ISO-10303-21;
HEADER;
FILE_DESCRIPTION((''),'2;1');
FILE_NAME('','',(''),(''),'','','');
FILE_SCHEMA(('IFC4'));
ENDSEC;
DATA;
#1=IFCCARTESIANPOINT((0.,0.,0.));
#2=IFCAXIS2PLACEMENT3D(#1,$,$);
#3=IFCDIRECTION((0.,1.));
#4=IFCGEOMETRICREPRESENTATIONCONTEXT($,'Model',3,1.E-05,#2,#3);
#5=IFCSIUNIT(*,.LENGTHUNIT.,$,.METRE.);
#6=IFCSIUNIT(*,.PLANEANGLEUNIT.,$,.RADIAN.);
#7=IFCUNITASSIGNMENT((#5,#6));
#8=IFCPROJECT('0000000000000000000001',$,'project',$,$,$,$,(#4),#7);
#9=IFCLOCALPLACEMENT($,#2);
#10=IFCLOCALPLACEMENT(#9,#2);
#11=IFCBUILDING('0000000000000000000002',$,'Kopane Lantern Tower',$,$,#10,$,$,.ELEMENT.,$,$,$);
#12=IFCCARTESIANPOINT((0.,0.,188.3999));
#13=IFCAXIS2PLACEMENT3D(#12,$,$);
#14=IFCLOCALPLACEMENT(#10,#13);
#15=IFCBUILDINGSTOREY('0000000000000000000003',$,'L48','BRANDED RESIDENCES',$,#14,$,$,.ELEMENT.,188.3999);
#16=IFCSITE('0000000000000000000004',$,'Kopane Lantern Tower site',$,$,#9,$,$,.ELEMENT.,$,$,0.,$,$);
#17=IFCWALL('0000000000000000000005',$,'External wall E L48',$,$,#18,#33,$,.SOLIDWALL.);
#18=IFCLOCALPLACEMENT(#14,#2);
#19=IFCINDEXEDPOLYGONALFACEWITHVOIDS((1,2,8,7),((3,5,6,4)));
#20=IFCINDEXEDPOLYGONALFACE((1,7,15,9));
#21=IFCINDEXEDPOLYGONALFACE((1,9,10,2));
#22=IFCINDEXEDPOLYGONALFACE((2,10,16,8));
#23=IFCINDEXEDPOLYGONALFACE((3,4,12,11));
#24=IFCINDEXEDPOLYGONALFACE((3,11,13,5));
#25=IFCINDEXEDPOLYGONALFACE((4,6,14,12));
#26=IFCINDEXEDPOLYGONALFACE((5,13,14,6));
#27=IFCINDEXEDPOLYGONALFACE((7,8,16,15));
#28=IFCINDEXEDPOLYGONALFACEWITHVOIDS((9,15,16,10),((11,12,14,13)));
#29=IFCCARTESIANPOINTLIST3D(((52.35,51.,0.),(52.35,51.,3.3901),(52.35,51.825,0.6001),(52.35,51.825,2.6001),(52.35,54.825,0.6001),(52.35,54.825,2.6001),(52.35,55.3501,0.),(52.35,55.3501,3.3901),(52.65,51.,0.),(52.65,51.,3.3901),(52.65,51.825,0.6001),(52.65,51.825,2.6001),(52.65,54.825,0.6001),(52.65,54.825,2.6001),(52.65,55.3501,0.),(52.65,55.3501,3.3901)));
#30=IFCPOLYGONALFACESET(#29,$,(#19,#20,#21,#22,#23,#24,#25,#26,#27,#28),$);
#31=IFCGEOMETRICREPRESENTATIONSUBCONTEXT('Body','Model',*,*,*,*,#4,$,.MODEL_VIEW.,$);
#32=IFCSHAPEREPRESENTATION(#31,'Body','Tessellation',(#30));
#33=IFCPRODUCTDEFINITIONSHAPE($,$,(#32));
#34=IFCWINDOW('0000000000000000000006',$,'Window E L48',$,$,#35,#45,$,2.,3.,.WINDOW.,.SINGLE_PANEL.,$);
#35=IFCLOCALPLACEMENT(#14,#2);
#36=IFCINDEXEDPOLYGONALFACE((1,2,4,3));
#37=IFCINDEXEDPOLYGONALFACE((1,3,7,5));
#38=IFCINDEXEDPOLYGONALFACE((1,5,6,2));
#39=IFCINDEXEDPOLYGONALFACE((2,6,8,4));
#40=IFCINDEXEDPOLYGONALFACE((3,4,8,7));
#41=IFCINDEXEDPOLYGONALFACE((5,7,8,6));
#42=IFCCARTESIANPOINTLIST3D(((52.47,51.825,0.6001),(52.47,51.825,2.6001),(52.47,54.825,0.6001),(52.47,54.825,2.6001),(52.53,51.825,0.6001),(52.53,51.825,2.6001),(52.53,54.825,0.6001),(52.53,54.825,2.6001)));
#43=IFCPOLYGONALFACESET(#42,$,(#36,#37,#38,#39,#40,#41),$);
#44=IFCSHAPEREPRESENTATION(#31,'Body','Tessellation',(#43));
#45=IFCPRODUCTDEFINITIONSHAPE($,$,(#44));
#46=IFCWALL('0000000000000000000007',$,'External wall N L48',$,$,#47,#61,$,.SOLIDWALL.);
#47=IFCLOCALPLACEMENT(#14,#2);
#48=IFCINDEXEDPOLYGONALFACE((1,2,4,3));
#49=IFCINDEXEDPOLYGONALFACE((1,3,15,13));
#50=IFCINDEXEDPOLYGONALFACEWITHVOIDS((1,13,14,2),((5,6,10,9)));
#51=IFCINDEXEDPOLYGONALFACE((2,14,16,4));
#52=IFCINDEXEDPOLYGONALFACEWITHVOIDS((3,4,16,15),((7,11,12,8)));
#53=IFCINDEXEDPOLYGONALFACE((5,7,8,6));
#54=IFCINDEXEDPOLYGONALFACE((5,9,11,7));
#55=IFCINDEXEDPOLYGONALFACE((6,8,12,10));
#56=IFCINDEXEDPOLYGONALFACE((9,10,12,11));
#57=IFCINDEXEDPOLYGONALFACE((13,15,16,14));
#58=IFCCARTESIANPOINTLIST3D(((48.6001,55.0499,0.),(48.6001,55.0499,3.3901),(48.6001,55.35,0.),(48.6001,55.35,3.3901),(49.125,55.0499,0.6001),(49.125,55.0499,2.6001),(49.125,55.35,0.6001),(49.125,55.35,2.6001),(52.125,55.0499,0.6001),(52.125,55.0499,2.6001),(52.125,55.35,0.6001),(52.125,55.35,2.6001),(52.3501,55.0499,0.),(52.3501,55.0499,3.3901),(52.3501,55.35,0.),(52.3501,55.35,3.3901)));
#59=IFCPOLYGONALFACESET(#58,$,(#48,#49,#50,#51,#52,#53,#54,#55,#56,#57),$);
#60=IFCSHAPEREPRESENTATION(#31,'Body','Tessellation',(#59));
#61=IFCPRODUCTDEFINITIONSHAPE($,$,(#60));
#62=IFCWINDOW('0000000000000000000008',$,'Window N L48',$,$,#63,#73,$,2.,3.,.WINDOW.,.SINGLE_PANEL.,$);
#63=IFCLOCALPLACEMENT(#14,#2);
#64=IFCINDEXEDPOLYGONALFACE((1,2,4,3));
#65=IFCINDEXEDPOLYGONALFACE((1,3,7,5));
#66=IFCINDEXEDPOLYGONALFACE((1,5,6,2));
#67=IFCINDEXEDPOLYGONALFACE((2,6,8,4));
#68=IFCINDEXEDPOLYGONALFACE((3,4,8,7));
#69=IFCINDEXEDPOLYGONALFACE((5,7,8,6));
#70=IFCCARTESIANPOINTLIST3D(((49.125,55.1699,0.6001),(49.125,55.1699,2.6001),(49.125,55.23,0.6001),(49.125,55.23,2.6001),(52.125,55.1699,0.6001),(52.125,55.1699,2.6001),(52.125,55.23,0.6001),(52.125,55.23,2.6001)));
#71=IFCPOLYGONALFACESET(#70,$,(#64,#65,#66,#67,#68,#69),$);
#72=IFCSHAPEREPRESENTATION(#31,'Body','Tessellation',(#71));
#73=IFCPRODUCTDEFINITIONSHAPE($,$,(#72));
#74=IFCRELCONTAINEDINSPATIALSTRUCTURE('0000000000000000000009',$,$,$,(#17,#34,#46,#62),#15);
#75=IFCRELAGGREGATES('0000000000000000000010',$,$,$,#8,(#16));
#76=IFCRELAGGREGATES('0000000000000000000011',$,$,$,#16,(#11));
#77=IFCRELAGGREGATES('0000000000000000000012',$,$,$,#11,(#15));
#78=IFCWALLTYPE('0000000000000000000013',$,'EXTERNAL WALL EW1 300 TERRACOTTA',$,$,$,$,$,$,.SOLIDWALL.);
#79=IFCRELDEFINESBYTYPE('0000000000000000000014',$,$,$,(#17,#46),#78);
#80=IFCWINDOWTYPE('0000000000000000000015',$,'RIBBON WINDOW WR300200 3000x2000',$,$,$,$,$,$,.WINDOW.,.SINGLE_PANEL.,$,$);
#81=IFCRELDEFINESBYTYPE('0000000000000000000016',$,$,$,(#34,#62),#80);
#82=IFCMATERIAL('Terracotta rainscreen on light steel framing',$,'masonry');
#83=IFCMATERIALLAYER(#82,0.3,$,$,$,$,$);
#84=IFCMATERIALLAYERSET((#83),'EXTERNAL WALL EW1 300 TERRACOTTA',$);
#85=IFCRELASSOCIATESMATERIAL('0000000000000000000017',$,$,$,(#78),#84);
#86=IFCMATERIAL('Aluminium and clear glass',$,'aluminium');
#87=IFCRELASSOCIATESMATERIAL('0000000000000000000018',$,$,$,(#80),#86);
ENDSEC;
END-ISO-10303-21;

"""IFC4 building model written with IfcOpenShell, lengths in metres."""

from ifc_helpers import new_model, si_unit, direction, frame, frame_2d, origin, place, context, subcontext, project, spatial, rectangle, extrude, material, layer, layer_set, type_object, element, fill, save


model = new_model("IFC4")

# Units and contexts
model_context = context("Model", 3, precision=1e-05, world=origin(), true_north=direction((0.0, 1.0)))
body_context = subcontext(model_context, "Body", "Model", "MODEL_VIEW")
ifc_project = project(units=[si_unit("LENGTHUNIT", "METRE"), si_unit("PLANEANGLEUNIT", "RADIAN")], contexts=[model_context])

# Site, building, storey
site_placement = place(None, origin())
site = spatial("IfcSite", under=ifc_project, at=site_placement, Name="Kopane Lantern Tower site", CompositionType="ELEMENT", RefElevation=0.0)
building_placement = place(site_placement, origin())
building = spatial("IfcBuilding", under=site, at=building_placement, Name="Kopane Lantern Tower", CompositionType="ELEMENT")
storey_placement = place(building_placement, frame((0.0, 0.0, 188.3999)))
storey = spatial("IfcBuildingStorey", under=building, at=storey_placement, Name="L48", Description="BRANDED RESIDENCES", CompositionType="ELEMENT", Elevation=188.3999)

# Walls, openings, windows
ifc_material_1 = material(Name="Terracotta rainscreen on light steel framing", Category="masonry")
ifc_layer = layer(ifc_material_1, 0.3)
ifc_layer_set = layer_set([ifc_layer], Name="EXTERNAL WALL EW1 300 TERRACOTTA")
wall_type = type_object("IfcWallType", Name="EXTERNAL WALL EW1 300 TERRACOTTA", PredefinedType="SOLIDWALL", material=ifc_layer_set)
ifc_material_2 = material(Name="Aluminium and clear glass", Category="aluminium")
window_type = type_object("IfcWindowType", Name="RIBBON WINDOW WR300200 3000x2000", PartitioningType="SINGLE_PANEL", PredefinedType="WINDOW", material=ifc_material_2)
wall_1_placement = place(storey_placement, frame((52.5, 51.0, 0.0), z_axis=(0.0, 0.0, 1.0), x_axis=(0.0, 1.0, 0.0)))
wall_1 = element("IfcWall", 1, at=wall_1_placement, inside=storey, type_object=wall_type, Name="External wall E L48", PredefinedType="SOLIDWALL", context=body_context, shape_type="SweptSolid", body=[
    extrude(rectangle(XDim=4.3501, YDim=0.3, at=frame_2d((2.175, 0.0))), origin(), (0.0, 0.0, 1.0), 3.3901),
])
opening_1_placement = place(wall_1_placement, frame((0.825, 0.0, 0.6001)))
opening_1 = element("IfcOpeningElement", 2, at=opening_1_placement, cuts=wall_1, PredefinedType="OPENING", context=body_context, shape_type="SweptSolid", body=[
    extrude(rectangle(XDim=3.0, YDim=2.0, at=frame_2d((1.5, 1.0))), frame((0.0, 0.1599, 0.0), z_axis=(0.0, -1.0, 0.0), x_axis=(1.0, 0.0, 0.0)), (0.0, 0.0, 1.0), 0.3201),
])
window_1_placement = place(opening_1_placement, origin())
window_1 = element("IfcWindow", 3, at=window_1_placement, inside=storey, type_object=window_type, Name="Window E L48", OverallHeight=2.0, OverallWidth=3.0, PartitioningType="SINGLE_PANEL", PredefinedType="WINDOW", context=body_context, shape_type="SweptSolid", body=[
    extrude(rectangle(XDim=3.0, YDim=2.0, at=frame_2d((1.5, 1.0))), frame((0.0, 0.03, 0.0), z_axis=(0.0, -1.0, 0.0), x_axis=(1.0, 0.0, 0.0)), (0.0, 0.0, 1.0), 0.0601),
])
fill(opening_1, window_1)
wall_2_placement = place(storey_placement, frame((52.3501, 55.2, 0.0), z_axis=(0.0, 0.0, 1.0), x_axis=(-1.0, 0.0, 0.0)))
wall_2 = element("IfcWall", 4, at=wall_2_placement, inside=storey, type_object=wall_type, Name="External wall N L48", PredefinedType="SOLIDWALL", context=body_context, shape_type="SweptSolid", body=[
    extrude(rectangle(XDim=3.75, YDim=0.3, at=frame_2d((1.875, 0.0))), origin(), (0.0, 0.0, 1.0), 3.3901),
])
opening_2_placement = place(wall_2_placement, frame((0.2251, 0.0, 0.6001)))
opening_2 = element("IfcOpeningElement", 5, at=opening_2_placement, cuts=wall_2, PredefinedType="OPENING", context=body_context, shape_type="SweptSolid", body=[
    extrude(rectangle(XDim=3.0, YDim=2.0, at=frame_2d((1.5, 1.0))), frame((0.0, 0.1599, 0.0), z_axis=(0.0, -1.0, 0.0), x_axis=(1.0, 0.0, 0.0)), (0.0, 0.0, 1.0), 0.3201),
])
window_2_placement = place(opening_2_placement, origin())
window_2 = element("IfcWindow", 6, at=window_2_placement, inside=storey, type_object=window_type, Name="Window N L48", OverallHeight=2.0, OverallWidth=3.0, PartitioningType="SINGLE_PANEL", PredefinedType="WINDOW", context=body_context, shape_type="SweptSolid", body=[
    extrude(rectangle(XDim=3.0, YDim=2.0, at=frame_2d((1.5, 1.0))), frame((0.0, 0.03, 0.0), z_axis=(0.0, -1.0, 0.0), x_axis=(1.0, 0.0, 0.0)), (0.0, 0.0, 1.0), 0.0601),
])
fill(opening_2, window_2)

save(model, "model.ifc")
